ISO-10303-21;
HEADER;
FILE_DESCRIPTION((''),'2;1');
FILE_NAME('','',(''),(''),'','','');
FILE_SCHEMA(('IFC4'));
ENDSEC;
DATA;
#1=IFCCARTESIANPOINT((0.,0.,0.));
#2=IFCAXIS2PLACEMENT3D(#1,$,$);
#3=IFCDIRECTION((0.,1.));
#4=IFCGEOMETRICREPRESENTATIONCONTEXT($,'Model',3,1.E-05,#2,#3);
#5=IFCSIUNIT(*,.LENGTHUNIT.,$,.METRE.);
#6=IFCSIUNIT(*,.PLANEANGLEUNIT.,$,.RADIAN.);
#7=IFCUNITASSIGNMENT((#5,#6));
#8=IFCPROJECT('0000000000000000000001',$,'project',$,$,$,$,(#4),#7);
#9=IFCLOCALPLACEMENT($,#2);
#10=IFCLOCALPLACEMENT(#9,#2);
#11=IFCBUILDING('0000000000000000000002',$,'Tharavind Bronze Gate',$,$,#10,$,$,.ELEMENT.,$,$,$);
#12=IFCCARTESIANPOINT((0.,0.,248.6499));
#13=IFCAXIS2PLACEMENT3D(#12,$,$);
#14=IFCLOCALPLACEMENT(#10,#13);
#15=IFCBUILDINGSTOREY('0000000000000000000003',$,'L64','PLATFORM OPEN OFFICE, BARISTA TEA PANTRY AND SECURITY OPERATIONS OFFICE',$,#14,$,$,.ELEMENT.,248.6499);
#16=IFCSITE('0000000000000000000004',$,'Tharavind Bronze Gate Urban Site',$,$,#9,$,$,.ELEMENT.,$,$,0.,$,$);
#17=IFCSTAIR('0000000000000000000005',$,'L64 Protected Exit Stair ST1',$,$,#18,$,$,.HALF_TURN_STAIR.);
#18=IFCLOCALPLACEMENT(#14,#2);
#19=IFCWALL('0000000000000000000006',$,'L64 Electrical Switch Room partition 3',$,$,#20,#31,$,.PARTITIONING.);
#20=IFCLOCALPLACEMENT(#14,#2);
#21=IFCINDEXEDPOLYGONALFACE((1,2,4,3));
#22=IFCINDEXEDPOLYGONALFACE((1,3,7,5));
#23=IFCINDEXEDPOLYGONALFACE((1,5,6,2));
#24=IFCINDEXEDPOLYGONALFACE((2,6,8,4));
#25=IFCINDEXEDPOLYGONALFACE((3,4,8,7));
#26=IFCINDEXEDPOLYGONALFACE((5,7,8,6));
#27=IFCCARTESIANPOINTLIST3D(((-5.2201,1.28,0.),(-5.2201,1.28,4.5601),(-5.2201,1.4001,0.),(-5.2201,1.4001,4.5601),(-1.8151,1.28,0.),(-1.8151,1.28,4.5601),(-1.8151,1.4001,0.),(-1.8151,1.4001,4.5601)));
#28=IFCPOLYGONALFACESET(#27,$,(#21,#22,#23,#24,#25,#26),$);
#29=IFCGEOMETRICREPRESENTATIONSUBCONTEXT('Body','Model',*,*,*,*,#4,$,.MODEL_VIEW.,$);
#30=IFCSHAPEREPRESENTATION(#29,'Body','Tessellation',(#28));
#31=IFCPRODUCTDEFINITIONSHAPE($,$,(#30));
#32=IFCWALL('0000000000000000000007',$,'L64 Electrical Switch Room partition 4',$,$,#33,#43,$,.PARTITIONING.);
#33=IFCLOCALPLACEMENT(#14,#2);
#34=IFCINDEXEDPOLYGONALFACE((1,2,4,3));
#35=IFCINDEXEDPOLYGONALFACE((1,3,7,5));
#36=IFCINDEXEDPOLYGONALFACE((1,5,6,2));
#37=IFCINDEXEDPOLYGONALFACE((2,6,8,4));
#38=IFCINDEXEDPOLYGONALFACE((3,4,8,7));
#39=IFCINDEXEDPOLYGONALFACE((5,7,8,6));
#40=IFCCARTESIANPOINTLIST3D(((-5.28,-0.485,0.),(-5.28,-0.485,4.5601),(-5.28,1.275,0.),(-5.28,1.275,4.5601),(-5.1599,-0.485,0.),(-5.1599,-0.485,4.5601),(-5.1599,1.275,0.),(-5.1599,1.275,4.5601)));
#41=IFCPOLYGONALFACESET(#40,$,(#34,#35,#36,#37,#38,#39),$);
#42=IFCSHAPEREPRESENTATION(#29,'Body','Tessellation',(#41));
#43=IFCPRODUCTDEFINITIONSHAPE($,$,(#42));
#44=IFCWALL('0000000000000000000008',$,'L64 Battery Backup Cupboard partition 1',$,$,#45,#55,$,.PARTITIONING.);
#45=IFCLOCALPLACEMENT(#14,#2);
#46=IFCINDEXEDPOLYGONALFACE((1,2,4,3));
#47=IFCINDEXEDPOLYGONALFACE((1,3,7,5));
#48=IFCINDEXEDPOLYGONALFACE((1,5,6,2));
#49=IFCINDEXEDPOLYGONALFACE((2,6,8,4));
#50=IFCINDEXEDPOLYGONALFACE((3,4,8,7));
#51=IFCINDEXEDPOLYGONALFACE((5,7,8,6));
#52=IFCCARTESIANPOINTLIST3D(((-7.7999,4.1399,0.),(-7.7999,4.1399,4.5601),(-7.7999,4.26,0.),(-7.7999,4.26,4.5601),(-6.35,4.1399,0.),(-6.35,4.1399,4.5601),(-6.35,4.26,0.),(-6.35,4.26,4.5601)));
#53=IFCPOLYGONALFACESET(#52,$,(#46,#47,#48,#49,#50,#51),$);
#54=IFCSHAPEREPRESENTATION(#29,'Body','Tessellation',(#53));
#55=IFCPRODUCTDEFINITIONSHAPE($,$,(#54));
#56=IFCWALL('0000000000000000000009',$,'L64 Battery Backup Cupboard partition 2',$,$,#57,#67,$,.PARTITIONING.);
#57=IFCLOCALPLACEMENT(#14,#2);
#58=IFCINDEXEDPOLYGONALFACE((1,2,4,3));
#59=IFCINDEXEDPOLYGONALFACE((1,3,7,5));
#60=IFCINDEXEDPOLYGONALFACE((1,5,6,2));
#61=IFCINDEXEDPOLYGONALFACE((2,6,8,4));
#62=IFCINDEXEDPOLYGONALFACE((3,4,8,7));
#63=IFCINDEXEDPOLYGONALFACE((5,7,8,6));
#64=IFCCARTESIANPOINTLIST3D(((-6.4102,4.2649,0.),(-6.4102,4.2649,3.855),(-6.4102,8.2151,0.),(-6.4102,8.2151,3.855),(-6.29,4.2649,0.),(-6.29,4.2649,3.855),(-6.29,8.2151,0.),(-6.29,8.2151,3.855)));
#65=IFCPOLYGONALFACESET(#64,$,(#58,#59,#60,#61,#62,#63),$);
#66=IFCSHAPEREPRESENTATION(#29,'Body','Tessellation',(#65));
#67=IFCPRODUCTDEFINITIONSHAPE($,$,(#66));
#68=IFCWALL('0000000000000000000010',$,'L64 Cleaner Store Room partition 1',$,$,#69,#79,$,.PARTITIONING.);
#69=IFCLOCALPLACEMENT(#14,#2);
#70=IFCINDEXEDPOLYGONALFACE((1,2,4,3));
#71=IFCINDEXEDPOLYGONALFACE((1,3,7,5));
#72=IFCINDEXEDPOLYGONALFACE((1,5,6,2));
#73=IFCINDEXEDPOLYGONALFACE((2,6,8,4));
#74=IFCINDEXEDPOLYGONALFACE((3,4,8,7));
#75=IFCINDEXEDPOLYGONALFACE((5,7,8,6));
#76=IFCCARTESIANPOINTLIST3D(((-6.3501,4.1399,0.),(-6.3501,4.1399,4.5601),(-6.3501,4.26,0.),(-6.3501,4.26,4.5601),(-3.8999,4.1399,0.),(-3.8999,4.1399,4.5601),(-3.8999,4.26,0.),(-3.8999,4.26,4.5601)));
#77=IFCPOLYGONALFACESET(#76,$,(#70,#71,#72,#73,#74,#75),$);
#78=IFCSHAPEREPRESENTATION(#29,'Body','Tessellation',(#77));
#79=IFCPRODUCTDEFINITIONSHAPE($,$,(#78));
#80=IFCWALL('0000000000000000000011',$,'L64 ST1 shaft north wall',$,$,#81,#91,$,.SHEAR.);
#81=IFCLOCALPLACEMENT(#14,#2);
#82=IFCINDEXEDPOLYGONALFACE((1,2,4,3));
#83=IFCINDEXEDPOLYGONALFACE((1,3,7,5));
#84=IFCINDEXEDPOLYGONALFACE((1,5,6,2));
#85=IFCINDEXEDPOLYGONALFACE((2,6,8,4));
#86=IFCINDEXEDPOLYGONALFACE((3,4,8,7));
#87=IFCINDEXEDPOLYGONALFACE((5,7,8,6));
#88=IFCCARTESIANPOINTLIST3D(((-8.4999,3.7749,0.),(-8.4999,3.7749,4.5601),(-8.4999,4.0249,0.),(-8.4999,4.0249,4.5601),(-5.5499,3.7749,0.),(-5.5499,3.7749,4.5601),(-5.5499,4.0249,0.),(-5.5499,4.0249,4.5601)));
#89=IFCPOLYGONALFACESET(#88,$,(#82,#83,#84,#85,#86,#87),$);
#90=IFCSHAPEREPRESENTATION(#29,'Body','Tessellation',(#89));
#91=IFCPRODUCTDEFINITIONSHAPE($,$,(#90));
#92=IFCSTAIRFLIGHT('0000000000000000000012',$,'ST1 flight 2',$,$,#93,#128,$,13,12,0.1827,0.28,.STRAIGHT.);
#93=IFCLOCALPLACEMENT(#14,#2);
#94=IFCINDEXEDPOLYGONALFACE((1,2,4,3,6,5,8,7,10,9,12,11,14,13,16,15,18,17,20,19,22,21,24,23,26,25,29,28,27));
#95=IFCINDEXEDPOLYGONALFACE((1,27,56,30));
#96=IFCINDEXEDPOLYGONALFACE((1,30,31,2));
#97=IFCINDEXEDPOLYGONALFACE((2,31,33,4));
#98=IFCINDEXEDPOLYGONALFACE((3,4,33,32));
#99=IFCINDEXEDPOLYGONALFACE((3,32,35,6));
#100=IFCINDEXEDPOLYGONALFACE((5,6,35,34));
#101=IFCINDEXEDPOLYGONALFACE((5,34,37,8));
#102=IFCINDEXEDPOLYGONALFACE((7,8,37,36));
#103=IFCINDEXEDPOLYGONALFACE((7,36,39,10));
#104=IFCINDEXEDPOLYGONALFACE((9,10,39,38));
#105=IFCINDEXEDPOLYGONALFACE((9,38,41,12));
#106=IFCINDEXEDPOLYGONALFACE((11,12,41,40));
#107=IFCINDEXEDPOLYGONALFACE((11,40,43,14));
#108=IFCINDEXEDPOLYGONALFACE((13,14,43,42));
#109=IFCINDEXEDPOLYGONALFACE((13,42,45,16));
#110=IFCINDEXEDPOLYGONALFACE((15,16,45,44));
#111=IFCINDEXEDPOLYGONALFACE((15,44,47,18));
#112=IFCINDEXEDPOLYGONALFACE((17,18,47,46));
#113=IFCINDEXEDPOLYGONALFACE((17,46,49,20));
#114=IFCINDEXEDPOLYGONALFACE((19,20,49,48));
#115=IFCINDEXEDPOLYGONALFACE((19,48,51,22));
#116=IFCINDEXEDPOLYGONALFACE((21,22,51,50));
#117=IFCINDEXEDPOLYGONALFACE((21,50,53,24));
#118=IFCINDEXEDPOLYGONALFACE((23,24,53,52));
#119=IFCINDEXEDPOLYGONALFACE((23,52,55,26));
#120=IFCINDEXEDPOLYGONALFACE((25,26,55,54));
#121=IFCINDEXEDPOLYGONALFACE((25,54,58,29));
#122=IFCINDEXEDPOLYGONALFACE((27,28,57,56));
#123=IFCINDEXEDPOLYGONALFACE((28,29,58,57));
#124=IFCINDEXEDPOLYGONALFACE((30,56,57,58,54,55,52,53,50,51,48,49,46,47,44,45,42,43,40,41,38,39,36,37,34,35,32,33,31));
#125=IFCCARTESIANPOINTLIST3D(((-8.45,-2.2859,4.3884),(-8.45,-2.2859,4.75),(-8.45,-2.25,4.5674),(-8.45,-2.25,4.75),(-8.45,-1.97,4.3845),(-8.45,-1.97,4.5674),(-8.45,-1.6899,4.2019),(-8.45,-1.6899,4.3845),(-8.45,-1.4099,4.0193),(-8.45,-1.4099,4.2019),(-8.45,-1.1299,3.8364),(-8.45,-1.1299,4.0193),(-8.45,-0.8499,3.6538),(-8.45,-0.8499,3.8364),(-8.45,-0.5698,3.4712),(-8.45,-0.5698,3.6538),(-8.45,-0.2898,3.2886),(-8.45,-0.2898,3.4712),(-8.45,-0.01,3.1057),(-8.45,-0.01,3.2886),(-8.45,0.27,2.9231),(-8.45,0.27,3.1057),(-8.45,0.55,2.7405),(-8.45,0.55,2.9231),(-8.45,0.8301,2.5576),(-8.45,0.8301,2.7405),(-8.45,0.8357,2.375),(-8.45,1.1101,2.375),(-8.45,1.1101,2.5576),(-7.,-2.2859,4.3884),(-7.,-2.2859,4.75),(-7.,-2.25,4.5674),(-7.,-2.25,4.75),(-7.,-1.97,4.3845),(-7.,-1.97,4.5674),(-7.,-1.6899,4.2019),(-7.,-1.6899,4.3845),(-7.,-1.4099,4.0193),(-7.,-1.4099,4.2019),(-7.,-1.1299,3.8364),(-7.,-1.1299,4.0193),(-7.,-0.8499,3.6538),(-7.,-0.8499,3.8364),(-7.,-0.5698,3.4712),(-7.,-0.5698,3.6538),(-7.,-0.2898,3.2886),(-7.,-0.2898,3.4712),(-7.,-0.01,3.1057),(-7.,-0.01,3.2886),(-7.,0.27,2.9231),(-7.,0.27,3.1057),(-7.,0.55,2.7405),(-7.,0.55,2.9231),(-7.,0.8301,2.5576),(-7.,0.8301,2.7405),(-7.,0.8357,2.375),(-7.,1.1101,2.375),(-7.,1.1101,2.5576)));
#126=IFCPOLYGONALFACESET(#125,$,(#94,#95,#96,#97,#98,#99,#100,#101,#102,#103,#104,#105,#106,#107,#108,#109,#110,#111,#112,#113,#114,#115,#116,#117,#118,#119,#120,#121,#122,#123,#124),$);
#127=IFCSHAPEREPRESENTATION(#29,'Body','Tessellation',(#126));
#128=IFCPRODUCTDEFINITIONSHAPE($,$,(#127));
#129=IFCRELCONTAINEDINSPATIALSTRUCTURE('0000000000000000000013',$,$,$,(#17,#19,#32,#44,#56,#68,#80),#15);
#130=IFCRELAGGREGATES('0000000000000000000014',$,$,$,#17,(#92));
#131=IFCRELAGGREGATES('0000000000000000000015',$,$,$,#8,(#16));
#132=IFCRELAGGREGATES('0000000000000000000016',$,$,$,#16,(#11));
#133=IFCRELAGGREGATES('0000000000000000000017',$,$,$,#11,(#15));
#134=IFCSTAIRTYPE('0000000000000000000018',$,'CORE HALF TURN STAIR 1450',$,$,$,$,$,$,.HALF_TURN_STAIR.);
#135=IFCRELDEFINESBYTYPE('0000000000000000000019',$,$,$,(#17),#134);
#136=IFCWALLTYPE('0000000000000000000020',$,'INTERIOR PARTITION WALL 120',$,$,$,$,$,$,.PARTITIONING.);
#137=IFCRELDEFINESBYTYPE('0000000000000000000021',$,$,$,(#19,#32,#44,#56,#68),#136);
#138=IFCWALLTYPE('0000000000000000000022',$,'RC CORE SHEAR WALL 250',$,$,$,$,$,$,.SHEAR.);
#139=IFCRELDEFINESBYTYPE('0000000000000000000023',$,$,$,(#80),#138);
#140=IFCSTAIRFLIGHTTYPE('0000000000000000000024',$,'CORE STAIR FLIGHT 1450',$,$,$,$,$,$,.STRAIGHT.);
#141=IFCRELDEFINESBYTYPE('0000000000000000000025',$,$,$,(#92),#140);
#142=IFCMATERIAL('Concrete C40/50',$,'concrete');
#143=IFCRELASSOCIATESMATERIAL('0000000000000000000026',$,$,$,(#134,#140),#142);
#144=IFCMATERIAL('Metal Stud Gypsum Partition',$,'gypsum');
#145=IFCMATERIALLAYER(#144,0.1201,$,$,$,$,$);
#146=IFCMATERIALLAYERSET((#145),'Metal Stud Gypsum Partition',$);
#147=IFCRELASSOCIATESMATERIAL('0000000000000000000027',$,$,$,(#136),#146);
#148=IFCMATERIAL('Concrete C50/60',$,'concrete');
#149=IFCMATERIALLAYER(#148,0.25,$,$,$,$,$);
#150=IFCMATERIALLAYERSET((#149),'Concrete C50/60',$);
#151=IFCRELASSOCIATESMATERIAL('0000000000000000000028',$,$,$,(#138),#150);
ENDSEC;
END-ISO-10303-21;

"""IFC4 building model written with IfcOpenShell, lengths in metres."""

from ifc_helpers import new_model, si_unit, direction, frame, frame_2d, origin, place, context, subcontext, project, spatial, polyline, rectangle, outline, extrude, material, layer, layer_set, type_object, element, aggregate, save


model = new_model("IFC4")

# Units and contexts
model_context = context("Model", 3, precision=1e-05, world=origin(), true_north=direction((0.0, 1.0)))
body_context = subcontext(model_context, "Body", "Model", "MODEL_VIEW")
ifc_project = project(units=[si_unit("LENGTHUNIT", "METRE"), si_unit("PLANEANGLEUNIT", "RADIAN")], contexts=[model_context])

# Site, building, storey
site_placement = place(None, origin())
site = spatial("IfcSite", under=ifc_project, at=site_placement, Name="Tharavind Bronze Gate Urban Site", CompositionType="ELEMENT", RefElevation=0.0)
building_placement = place(site_placement, origin())
building = spatial("IfcBuilding", under=site, at=building_placement, Name="Tharavind Bronze Gate", CompositionType="ELEMENT")
storey_placement = place(building_placement, frame((0.0, 0.0, 248.6499)))
storey = spatial("IfcBuildingStorey", under=building, at=storey_placement, Name="L64", Description="PLATFORM OPEN OFFICE, BARISTA TEA PANTRY AND SECURITY OPERATIONS OFFICE", CompositionType="ELEMENT", Elevation=248.6499)

# Shared definitions
ifc_material_1 = material(Name="Concrete C40/50", Category="concrete")

# Stair
stair_type = type_object("IfcStairType", Name="CORE HALF TURN STAIR 1450", PredefinedType="HALF_TURN_STAIR", material=ifc_material_1)
stair_1_placement = place(storey_placement, origin())
stair_1 = element("IfcStair", 1, at=stair_1_placement, inside=storey, type_object=stair_type, Name="L64 Protected Exit Stair ST1", PredefinedType="HALF_TURN_STAIR")

# Shared definitions
ifc_material_2 = material(Name="Metal Stud Gypsum Partition", Category="gypsum")
ifc_layer_1 = layer(ifc_material_2, 0.1201)
ifc_layer_set_1 = layer_set([ifc_layer_1], Name="Metal Stud Gypsum Partition")
wall_type_1 = type_object("IfcWallType", Name="INTERIOR PARTITION WALL 120", PredefinedType="PARTITIONING", material=ifc_layer_set_1)

# Walls
wall_1_placement = place(storey_placement, frame((-1.8149, 1.3401, 0.0), z_axis=(0.0, 0.0, 1.0), x_axis=(-1.0, 0.0, 0.0)))
element("IfcWall", 2, at=wall_1_placement, inside=storey, type_object=wall_type_1, Name="L64 Electrical Switch Room partition 3", PredefinedType="PARTITIONING", context=body_context, shape_type="SweptSolid", body=[
    extrude(rectangle(XDim=3.405, YDim=0.1201, at=frame_2d((1.7026, 0.0))), origin(), (0.0, 0.0, 1.0), 4.5601),
])
wall_2_placement = place(storey_placement, frame((-5.22, 1.2749, 0.0), z_axis=(0.0, 0.0, 1.0), x_axis=(0.0, -1.0, 0.0)))
element("IfcWall", 3, at=wall_2_placement, inside=storey, type_object=wall_type_1, Name="L64 Electrical Switch Room partition 4", PredefinedType="PARTITIONING", context=body_context, shape_type="SweptSolid", body=[
    extrude(rectangle(XDim=1.76, YDim=0.1201, at=frame_2d((0.8799, 0.0))), origin(), (0.0, 0.0, 1.0), 4.5601),
])
wall_3_placement = place(storey_placement, frame((-7.8, 4.2, 0.0), z_axis=(0.0, 0.0, 1.0), x_axis=(1.0, 0.0, 0.0)))
element("IfcWall", 4, at=wall_3_placement, inside=storey, type_object=wall_type_1, Name="L64 Battery Backup Cupboard partition 1", PredefinedType="PARTITIONING", context=body_context, shape_type="SweptSolid", body=[
    extrude(rectangle(XDim=1.45, YDim=0.1201, at=frame_2d((0.7251, 0.0))), origin(), (0.0, 0.0, 1.0), 4.5601),
])
wall_4_placement = place(storey_placement, frame((-6.3501, 4.2649, 0.0), z_axis=(0.0, 0.0, 1.0), x_axis=(0.0, 1.0, 0.0)))
element("IfcWall", 5, at=wall_4_placement, inside=storey, type_object=wall_type_1, Name="L64 Battery Backup Cupboard partition 2", PredefinedType="PARTITIONING", context=body_context, shape_type="SweptSolid", body=[
    extrude(rectangle(XDim=3.9502, YDim=0.1201, at=frame_2d((1.9751, 0.0))), origin(), (0.0, 0.0, 1.0), 3.855),
])
wall_5_placement = place(storey_placement, frame((-6.3501, 4.2, 0.0), z_axis=(0.0, 0.0, 1.0), x_axis=(1.0, 0.0, 0.0)))
element("IfcWall", 6, at=wall_5_placement, inside=storey, type_object=wall_type_1, Name="L64 Cleaner Store Room partition 1", PredefinedType="PARTITIONING", context=body_context, shape_type="SweptSolid", body=[
    extrude(rectangle(XDim=2.4502, YDim=0.1201, at=frame_2d((1.2251, 0.0))), origin(), (0.0, 0.0, 1.0), 4.5601),
])
ifc_material_3 = material(Name="Concrete C50/60", Category="concrete")
ifc_layer_2 = layer(ifc_material_3, 0.25)
ifc_layer_set_2 = layer_set([ifc_layer_2], Name="Concrete C50/60")
wall_type_2 = type_object("IfcWallType", Name="RC CORE SHEAR WALL 250", PredefinedType="SHEAR", material=ifc_layer_set_2)
wall_6_placement = place(storey_placement, frame((-8.5, 3.8999, 0.0), z_axis=(0.0, 0.0, 1.0), x_axis=(1.0, 0.0, 0.0)))
element("IfcWall", 7, at=wall_6_placement, inside=storey, type_object=wall_type_2, Name="L64 ST1 shaft north wall", PredefinedType="SHEAR", context=body_context, shape_type="SweptSolid", body=[
    extrude(rectangle(XDim=2.95, YDim=0.25, at=frame_2d((1.4751, 0.0))), origin(), (0.0, 0.0, 1.0), 4.5601),
])

# Stair flight
stair_flight_type = type_object("IfcStairFlightType", Name="CORE STAIR FLIGHT 1450", PredefinedType="STRAIGHT", material=ifc_material_1)
stair_flight_placement = place(storey_placement, frame((-7.7251, 1.1101, 2.375), z_axis=(0.0, 0.0, 1.0), x_axis=(0.0, -1.0, 0.0)))
stair_flight = element("IfcStairFlight", 8, at=stair_flight_placement, type_object=stair_flight_type, Name="ST1 flight 2", NumberOfRisers=13, NumberOfTreads=12, PredefinedType="STRAIGHT", RiserHeight=0.1827, TreadLength=0.28, context=body_context, shape_type="SweptSolid", body=[
    extrude(outline(polyline([(0.0, 0.0), (0.0, 0.1826), (0.28, 0.1826), (0.28, 0.3655), (0.5601, 0.3655), (0.5601, 0.5481), (0.8401, 0.5481), (0.8401, 0.7307), (1.1201, 0.7307), (1.1201, 0.9136), (1.3999, 0.9136), (1.3999, 1.0962), (1.6799, 1.0962), (1.6799, 1.2788), (1.96, 1.2788), (1.96, 1.4614), (2.24, 1.4614), (2.24, 1.6443), (2.52, 1.6443), (2.52, 1.8269), (2.8, 1.8269), (2.8, 2.0095), (3.0801, 2.0095), (3.0801, 2.1924), (3.3601, 2.1924), (3.3601, 2.375), (3.396, 2.375), (3.396, 2.0134), (0.2744, 0.0), (0.0, 0.0)])), frame((0.0, 0.7251, 0.0), z_axis=(0.0, -1.0, 0.0), x_axis=(1.0, 0.0, 0.0)), (0.0, 0.0, 1.0), 1.45),
])
aggregate(stair_1, [stair_flight])

save(model, "model.ifc")
